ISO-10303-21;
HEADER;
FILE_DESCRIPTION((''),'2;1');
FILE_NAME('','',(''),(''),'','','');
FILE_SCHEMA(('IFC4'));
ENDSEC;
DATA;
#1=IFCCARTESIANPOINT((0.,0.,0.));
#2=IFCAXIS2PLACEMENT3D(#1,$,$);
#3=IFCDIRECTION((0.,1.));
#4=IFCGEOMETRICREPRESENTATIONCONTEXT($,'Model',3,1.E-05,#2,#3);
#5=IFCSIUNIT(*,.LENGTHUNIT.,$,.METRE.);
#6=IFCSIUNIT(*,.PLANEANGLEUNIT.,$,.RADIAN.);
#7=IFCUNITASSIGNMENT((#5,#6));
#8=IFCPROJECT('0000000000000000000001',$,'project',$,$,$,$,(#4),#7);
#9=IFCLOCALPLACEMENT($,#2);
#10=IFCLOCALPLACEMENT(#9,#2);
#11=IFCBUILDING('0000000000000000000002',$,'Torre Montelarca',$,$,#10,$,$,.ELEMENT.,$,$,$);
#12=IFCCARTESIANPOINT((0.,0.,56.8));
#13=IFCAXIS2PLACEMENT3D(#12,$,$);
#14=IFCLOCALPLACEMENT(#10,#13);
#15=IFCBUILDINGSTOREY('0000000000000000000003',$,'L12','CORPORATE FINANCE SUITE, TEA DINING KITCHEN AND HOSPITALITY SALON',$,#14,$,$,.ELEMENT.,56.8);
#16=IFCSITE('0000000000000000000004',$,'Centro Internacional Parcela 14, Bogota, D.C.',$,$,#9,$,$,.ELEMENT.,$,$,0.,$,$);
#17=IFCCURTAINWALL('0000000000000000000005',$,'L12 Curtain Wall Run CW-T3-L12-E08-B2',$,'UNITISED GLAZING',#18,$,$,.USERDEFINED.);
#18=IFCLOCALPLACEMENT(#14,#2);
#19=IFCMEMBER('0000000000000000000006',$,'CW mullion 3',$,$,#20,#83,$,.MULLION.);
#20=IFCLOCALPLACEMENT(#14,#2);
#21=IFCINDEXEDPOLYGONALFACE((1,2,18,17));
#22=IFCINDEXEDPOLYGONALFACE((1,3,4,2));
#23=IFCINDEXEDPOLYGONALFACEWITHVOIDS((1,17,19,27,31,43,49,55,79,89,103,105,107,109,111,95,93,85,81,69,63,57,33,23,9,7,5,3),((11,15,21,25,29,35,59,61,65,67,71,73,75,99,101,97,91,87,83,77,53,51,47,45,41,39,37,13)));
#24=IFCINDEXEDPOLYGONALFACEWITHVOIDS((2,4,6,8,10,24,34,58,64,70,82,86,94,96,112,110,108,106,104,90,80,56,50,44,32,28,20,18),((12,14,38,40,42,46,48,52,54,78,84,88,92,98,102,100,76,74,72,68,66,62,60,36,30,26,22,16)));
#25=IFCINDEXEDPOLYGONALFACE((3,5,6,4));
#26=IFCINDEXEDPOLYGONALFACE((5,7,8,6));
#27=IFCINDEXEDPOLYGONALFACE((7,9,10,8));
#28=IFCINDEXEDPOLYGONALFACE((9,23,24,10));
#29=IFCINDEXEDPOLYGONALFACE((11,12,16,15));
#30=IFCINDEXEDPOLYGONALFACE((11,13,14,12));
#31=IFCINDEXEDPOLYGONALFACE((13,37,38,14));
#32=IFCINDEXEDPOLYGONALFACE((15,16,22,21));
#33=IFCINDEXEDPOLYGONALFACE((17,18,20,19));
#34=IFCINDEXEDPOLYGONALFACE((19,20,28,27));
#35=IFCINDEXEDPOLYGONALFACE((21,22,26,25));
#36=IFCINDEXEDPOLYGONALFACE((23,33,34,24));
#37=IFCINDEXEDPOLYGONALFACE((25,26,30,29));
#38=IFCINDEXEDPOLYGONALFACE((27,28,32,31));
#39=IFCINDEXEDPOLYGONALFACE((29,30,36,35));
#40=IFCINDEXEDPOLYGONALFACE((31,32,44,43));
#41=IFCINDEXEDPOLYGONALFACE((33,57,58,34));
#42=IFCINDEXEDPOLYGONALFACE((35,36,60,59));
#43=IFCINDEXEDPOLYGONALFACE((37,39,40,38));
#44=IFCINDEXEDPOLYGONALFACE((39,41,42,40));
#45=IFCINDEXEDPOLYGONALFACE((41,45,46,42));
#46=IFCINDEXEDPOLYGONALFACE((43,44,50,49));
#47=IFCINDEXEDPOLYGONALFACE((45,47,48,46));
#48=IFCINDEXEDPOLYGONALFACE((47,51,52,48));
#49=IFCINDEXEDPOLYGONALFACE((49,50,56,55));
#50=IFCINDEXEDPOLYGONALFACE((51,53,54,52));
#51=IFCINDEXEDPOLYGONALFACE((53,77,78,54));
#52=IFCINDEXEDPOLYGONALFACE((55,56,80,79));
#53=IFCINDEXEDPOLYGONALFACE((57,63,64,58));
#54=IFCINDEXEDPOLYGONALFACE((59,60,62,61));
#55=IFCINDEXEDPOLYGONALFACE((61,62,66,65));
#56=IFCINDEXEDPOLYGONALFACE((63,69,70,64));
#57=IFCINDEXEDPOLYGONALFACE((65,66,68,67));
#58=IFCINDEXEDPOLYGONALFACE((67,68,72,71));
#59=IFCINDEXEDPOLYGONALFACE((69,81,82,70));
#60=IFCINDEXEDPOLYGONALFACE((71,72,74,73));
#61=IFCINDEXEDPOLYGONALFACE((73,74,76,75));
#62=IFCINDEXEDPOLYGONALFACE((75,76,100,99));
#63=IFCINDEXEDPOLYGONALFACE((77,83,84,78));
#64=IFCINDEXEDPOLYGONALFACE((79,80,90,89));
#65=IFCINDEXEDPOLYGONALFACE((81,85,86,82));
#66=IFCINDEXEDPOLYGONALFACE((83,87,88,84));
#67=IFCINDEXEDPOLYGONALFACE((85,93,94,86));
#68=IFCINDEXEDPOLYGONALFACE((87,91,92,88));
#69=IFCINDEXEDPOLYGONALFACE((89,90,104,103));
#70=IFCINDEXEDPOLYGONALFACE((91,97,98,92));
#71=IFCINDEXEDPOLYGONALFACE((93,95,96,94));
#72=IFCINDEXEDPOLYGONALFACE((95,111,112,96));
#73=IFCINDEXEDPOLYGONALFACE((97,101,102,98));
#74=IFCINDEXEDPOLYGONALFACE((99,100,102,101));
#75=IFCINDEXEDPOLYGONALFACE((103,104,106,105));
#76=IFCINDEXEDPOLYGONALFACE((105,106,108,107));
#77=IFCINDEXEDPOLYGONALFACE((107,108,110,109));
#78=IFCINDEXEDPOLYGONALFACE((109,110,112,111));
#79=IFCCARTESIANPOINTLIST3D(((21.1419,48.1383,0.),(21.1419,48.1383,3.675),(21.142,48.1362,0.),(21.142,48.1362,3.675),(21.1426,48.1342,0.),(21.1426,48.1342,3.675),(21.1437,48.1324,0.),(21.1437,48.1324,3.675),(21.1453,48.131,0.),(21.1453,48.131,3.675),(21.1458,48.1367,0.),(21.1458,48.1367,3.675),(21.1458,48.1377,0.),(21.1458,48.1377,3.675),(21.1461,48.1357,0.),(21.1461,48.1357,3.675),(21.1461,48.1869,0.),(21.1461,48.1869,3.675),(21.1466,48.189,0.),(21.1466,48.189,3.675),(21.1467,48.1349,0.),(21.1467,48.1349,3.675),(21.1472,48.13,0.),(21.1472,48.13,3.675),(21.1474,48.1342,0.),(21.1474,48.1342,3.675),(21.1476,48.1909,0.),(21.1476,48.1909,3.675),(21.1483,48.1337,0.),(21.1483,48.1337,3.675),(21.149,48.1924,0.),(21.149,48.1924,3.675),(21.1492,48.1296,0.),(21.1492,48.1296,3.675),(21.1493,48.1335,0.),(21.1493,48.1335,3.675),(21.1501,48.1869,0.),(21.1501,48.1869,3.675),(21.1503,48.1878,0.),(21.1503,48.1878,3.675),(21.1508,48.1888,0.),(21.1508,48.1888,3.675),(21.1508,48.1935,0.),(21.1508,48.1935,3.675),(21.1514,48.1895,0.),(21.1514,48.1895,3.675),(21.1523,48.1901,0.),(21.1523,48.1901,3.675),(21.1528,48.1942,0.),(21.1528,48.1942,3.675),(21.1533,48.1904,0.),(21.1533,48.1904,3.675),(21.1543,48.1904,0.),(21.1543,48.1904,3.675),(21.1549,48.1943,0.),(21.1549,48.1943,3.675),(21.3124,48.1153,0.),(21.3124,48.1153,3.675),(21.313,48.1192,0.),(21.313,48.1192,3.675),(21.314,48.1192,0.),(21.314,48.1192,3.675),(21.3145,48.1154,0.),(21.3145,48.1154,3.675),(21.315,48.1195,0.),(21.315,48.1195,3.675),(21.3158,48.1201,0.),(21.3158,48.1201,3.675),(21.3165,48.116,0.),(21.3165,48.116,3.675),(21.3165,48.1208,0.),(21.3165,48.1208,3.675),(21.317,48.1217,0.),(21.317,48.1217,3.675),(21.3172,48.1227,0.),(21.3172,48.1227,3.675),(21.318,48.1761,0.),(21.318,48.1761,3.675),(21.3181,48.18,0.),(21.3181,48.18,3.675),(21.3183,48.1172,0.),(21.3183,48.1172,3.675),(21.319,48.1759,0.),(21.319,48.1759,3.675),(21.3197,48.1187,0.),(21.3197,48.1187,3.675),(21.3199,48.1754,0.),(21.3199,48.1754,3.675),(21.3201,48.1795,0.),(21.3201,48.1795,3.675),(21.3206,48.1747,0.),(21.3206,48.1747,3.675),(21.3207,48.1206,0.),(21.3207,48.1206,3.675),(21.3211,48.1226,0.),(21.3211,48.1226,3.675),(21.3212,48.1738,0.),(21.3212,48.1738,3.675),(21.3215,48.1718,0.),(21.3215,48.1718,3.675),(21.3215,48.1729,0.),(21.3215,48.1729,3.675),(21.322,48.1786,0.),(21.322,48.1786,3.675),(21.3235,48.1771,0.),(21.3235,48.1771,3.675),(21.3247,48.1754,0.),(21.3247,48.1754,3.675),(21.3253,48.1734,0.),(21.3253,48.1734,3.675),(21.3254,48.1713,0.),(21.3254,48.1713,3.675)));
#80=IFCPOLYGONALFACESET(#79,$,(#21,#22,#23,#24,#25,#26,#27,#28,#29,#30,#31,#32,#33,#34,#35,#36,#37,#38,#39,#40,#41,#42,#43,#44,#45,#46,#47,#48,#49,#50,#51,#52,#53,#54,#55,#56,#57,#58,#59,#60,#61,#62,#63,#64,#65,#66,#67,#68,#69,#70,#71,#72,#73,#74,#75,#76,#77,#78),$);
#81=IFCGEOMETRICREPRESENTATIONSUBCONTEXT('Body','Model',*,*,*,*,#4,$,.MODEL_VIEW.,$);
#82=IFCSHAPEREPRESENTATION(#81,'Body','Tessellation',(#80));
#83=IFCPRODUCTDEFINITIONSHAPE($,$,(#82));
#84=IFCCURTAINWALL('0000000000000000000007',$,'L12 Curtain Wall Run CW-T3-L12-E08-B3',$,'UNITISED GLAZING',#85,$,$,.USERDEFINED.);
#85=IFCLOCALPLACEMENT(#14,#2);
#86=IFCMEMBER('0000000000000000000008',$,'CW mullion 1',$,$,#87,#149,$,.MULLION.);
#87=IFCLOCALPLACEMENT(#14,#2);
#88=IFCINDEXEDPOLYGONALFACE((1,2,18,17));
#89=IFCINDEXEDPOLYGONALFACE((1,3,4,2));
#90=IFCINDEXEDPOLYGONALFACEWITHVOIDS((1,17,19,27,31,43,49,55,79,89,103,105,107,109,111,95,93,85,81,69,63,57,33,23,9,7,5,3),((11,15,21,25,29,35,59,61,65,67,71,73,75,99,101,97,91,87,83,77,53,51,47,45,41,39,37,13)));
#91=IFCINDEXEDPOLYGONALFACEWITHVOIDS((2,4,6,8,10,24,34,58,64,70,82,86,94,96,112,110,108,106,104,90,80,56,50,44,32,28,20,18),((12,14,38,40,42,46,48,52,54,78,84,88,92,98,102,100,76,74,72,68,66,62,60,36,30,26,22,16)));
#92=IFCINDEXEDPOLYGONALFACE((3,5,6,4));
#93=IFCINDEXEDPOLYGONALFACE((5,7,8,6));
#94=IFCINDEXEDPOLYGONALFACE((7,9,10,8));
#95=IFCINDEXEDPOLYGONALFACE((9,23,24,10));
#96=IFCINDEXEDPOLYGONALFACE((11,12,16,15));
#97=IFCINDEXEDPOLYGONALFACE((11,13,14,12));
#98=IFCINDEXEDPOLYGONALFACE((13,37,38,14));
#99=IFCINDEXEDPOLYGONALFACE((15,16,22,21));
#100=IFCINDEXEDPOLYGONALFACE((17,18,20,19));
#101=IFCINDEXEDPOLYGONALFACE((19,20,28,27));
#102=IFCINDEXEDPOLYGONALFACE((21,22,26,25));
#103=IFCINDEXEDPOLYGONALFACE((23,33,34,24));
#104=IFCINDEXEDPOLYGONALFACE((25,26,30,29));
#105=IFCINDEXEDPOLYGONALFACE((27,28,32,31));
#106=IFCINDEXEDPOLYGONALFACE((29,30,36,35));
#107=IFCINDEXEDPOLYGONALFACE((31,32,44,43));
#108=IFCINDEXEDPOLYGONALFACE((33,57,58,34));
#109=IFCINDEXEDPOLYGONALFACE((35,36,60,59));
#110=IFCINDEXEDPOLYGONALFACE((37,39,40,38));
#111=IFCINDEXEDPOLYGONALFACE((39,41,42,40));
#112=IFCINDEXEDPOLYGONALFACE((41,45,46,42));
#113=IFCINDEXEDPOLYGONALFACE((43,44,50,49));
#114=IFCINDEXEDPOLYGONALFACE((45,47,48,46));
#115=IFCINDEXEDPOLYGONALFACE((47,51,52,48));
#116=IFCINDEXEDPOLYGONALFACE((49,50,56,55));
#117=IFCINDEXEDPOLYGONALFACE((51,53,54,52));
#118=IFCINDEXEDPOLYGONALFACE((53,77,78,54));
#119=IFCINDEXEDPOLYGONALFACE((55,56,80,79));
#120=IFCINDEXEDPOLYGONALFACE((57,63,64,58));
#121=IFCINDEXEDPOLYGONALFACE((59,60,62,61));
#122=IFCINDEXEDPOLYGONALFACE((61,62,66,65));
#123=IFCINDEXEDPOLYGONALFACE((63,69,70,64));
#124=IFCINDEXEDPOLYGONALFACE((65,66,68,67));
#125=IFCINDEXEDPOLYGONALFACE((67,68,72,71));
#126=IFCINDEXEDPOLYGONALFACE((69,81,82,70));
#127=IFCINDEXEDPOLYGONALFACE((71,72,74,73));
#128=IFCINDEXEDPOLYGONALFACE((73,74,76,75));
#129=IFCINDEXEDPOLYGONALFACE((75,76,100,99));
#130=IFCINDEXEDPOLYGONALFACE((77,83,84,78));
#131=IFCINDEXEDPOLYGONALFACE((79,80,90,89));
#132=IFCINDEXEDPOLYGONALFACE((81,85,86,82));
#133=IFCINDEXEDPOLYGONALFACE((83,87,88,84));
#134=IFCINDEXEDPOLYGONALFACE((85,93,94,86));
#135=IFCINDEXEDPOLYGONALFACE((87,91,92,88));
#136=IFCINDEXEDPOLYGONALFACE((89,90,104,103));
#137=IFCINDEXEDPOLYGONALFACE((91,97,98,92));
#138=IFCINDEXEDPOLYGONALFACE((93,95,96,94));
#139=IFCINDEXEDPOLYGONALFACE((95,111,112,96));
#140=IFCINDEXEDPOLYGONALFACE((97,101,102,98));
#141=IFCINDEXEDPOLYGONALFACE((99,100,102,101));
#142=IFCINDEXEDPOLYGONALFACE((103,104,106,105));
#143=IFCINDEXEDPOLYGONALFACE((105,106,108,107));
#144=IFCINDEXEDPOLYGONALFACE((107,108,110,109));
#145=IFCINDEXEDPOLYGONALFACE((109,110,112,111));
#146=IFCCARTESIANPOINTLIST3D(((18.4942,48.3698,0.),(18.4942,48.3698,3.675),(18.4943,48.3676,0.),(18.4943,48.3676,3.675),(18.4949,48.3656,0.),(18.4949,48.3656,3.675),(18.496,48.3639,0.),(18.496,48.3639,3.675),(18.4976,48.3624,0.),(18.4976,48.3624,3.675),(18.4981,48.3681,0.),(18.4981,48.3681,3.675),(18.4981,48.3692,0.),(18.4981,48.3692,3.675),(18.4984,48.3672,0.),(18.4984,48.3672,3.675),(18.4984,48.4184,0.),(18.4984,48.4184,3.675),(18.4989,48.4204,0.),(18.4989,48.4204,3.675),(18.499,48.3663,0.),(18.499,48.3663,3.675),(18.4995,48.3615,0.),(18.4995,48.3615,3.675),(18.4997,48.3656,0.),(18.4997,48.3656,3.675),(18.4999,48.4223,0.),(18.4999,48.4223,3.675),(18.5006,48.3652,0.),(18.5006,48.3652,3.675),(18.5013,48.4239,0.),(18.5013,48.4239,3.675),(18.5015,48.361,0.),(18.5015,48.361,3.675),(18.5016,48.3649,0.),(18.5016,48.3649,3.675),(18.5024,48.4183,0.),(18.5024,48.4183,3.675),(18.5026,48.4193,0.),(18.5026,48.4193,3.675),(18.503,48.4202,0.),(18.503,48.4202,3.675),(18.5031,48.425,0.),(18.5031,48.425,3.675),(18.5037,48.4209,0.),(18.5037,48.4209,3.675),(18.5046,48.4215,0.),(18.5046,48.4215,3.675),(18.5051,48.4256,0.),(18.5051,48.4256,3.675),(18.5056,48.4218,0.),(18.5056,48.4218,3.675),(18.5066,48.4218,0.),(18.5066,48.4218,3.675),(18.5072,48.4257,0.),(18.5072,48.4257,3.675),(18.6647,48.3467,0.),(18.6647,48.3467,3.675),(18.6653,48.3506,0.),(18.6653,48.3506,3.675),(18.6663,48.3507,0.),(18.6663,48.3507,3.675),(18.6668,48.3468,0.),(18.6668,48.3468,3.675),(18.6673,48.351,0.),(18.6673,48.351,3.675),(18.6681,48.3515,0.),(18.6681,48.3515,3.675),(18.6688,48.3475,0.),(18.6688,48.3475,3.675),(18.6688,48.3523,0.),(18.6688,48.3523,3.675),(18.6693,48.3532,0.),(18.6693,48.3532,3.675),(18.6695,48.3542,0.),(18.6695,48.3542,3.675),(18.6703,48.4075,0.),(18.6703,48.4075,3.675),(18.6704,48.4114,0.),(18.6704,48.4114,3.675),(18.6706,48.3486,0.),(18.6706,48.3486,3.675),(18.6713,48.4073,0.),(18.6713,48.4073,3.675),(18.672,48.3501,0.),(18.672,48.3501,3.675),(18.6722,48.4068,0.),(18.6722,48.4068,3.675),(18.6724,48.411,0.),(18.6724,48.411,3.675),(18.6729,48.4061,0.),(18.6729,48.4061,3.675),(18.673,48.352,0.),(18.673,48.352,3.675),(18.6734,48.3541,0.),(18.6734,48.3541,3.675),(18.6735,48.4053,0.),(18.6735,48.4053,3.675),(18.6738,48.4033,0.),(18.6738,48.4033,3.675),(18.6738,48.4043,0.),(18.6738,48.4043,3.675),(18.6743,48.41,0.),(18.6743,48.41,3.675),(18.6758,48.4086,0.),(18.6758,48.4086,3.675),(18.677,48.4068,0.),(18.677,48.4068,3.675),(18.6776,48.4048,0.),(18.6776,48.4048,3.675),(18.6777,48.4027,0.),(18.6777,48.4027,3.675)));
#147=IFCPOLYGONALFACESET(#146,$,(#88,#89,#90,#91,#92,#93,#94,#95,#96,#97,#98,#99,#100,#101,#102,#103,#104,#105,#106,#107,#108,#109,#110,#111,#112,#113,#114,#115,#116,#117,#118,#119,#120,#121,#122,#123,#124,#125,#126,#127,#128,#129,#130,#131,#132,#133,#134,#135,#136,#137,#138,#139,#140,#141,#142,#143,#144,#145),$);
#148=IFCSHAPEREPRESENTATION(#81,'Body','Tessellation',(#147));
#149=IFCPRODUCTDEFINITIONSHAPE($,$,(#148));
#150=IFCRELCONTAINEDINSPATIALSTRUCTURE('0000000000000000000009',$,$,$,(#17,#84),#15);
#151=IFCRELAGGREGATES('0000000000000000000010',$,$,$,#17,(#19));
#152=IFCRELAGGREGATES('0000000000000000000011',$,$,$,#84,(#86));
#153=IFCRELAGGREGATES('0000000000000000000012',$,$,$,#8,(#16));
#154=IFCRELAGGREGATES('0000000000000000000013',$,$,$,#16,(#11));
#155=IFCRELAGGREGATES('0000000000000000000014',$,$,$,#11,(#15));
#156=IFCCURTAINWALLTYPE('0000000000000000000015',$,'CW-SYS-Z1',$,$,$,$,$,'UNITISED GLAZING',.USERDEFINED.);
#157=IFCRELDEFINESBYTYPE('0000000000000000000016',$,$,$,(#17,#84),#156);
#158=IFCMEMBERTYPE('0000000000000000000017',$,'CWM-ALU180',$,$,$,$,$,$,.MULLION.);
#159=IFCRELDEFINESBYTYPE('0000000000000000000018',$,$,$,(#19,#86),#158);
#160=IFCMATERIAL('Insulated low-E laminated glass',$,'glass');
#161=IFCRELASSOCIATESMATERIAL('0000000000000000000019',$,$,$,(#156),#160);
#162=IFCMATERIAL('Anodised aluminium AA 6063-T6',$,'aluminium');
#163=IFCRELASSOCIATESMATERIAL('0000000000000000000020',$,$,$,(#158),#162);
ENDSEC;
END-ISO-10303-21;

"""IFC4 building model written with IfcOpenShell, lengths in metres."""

from ifc_helpers import new_model, si_unit, direction, frame, origin, origin_2d, place, context, subcontext, project, spatial, hollow_rectangle, extrude, source, transform, mapped, material, material_profile, profile_set, type_object, element, aggregate, save


model = new_model("IFC4")

# Units and contexts
model_context = context("Model", 3, precision=1e-05, world=origin(), true_north=direction((0.0, 1.0)))
body_context = subcontext(model_context, "Body", "Model", "MODEL_VIEW")
ifc_project = project(units=[si_unit("LENGTHUNIT", "METRE"), si_unit("PLANEANGLEUNIT", "RADIAN")], contexts=[model_context])

# Site, building, storey
site_placement = place(None, origin())
site = spatial("IfcSite", under=ifc_project, at=site_placement, Name="Centro Internacional Parcela 14, Bogota, D.C.", CompositionType="ELEMENT", RefElevation=0.0)
building_placement = place(site_placement, origin())
building = spatial("IfcBuilding", under=site, at=building_placement, Name="Torre Montelarca", CompositionType="ELEMENT")
storey_placement = place(building_placement, frame((0.0, 0.0, 56.8)))
storey = spatial("IfcBuildingStorey", under=building, at=storey_placement, Name="L12", Description="CORPORATE FINANCE SUITE, TEA DINING KITCHEN AND HOSPITALITY SALON", CompositionType="ELEMENT", Elevation=56.8)

# Shared definitions
ifc_material_1 = material(Name="Insulated low-E laminated glass", Category="glass")
curtain_wall_type = type_object("IfcCurtainWallType", Name="CW-SYS-Z1", ElementType="UNITISED GLAZING", PredefinedType="USERDEFINED", material=ifc_material_1)
ifc_material_2 = material(Name="Anodised aluminium AA 6063-T6", Category="aluminium")
ifc_material_profile_1 = material_profile(ifc_material_2, hollow_rectangle(XDim=0.0649, YDim=0.1799, WallThickness=0.0039, InnerFilletRadius=0.0039, OuterFilletRadius=0.0081, at=origin_2d()), Name="ALU65X180X4", Category="aluminium")
ifc_profile_set_1 = profile_set([ifc_material_profile_1], Name="Anodised aluminium AA 6063-T6")
member_type_1 = type_object("IfcMemberType", Name="CWM-ALU180", PredefinedType="MULLION", material=ifc_profile_set_1)

# Curtain wall, member
curtain_wall_1_placement = place(storey_placement, origin())
curtain_wall_1 = element("IfcCurtainWall", 1, at=curtain_wall_1_placement, inside=storey, type_object=curtain_wall_type, Name="L12 Curtain Wall Run CW-T3-L12-E08-B2", ObjectType="UNITISED GLAZING", PredefinedType="USERDEFINED")
shared_shape_1 = source(origin(), body_context, "Body", "SweptSolid", [
    extrude(hollow_rectangle(XDim=0.0649, YDim=0.1799, WallThickness=0.0039, InnerFilletRadius=0.0039, OuterFilletRadius=0.0081, at=origin_2d()), origin(), (0.0, 0.0, 1.0), 3.675),
])
member_1_placement = place(storey_placement, frame((21.2336, 48.1548, 0.0), z_axis=(0.0, 0.0, 1.0), x_axis=(-0.087165, -0.996194, 0.0)))
member_1 = element("IfcMember", 2, at=member_1_placement, type_object=member_type_1, Name="CW mullion 3", PredefinedType="MULLION", context=body_context, shape_type="MappedRepresentation", body=[
    mapped(shared_shape_1, transform((0.0, 0.0, 0.0), scale=1.0)),
])

# Curtain wall, member
curtain_wall_2_placement = place(storey_placement, origin())
curtain_wall_2 = element("IfcCurtainWall", 3, at=curtain_wall_2_placement, inside=storey, type_object=curtain_wall_type, Name="L12 Curtain Wall Run CW-T3-L12-E08-B3", ObjectType="UNITISED GLAZING", PredefinedType="USERDEFINED")
member_2_placement = place(storey_placement, frame((18.5859, 48.3862, 0.0), z_axis=(0.0, 0.0, 1.0), x_axis=(-0.08716, -0.996194, 0.0)))
member_2 = element("IfcMember", 4, at=member_2_placement, type_object=member_type_1, Name="CW mullion 1", PredefinedType="MULLION", context=body_context, shape_type="MappedRepresentation", body=[
    mapped(shared_shape_1, transform((0.0, 0.0, 0.0), scale=1.0)),
])

aggregate(curtain_wall_1, [member_1])
aggregate(curtain_wall_2, [member_2])

save(model, "model.ifc")
